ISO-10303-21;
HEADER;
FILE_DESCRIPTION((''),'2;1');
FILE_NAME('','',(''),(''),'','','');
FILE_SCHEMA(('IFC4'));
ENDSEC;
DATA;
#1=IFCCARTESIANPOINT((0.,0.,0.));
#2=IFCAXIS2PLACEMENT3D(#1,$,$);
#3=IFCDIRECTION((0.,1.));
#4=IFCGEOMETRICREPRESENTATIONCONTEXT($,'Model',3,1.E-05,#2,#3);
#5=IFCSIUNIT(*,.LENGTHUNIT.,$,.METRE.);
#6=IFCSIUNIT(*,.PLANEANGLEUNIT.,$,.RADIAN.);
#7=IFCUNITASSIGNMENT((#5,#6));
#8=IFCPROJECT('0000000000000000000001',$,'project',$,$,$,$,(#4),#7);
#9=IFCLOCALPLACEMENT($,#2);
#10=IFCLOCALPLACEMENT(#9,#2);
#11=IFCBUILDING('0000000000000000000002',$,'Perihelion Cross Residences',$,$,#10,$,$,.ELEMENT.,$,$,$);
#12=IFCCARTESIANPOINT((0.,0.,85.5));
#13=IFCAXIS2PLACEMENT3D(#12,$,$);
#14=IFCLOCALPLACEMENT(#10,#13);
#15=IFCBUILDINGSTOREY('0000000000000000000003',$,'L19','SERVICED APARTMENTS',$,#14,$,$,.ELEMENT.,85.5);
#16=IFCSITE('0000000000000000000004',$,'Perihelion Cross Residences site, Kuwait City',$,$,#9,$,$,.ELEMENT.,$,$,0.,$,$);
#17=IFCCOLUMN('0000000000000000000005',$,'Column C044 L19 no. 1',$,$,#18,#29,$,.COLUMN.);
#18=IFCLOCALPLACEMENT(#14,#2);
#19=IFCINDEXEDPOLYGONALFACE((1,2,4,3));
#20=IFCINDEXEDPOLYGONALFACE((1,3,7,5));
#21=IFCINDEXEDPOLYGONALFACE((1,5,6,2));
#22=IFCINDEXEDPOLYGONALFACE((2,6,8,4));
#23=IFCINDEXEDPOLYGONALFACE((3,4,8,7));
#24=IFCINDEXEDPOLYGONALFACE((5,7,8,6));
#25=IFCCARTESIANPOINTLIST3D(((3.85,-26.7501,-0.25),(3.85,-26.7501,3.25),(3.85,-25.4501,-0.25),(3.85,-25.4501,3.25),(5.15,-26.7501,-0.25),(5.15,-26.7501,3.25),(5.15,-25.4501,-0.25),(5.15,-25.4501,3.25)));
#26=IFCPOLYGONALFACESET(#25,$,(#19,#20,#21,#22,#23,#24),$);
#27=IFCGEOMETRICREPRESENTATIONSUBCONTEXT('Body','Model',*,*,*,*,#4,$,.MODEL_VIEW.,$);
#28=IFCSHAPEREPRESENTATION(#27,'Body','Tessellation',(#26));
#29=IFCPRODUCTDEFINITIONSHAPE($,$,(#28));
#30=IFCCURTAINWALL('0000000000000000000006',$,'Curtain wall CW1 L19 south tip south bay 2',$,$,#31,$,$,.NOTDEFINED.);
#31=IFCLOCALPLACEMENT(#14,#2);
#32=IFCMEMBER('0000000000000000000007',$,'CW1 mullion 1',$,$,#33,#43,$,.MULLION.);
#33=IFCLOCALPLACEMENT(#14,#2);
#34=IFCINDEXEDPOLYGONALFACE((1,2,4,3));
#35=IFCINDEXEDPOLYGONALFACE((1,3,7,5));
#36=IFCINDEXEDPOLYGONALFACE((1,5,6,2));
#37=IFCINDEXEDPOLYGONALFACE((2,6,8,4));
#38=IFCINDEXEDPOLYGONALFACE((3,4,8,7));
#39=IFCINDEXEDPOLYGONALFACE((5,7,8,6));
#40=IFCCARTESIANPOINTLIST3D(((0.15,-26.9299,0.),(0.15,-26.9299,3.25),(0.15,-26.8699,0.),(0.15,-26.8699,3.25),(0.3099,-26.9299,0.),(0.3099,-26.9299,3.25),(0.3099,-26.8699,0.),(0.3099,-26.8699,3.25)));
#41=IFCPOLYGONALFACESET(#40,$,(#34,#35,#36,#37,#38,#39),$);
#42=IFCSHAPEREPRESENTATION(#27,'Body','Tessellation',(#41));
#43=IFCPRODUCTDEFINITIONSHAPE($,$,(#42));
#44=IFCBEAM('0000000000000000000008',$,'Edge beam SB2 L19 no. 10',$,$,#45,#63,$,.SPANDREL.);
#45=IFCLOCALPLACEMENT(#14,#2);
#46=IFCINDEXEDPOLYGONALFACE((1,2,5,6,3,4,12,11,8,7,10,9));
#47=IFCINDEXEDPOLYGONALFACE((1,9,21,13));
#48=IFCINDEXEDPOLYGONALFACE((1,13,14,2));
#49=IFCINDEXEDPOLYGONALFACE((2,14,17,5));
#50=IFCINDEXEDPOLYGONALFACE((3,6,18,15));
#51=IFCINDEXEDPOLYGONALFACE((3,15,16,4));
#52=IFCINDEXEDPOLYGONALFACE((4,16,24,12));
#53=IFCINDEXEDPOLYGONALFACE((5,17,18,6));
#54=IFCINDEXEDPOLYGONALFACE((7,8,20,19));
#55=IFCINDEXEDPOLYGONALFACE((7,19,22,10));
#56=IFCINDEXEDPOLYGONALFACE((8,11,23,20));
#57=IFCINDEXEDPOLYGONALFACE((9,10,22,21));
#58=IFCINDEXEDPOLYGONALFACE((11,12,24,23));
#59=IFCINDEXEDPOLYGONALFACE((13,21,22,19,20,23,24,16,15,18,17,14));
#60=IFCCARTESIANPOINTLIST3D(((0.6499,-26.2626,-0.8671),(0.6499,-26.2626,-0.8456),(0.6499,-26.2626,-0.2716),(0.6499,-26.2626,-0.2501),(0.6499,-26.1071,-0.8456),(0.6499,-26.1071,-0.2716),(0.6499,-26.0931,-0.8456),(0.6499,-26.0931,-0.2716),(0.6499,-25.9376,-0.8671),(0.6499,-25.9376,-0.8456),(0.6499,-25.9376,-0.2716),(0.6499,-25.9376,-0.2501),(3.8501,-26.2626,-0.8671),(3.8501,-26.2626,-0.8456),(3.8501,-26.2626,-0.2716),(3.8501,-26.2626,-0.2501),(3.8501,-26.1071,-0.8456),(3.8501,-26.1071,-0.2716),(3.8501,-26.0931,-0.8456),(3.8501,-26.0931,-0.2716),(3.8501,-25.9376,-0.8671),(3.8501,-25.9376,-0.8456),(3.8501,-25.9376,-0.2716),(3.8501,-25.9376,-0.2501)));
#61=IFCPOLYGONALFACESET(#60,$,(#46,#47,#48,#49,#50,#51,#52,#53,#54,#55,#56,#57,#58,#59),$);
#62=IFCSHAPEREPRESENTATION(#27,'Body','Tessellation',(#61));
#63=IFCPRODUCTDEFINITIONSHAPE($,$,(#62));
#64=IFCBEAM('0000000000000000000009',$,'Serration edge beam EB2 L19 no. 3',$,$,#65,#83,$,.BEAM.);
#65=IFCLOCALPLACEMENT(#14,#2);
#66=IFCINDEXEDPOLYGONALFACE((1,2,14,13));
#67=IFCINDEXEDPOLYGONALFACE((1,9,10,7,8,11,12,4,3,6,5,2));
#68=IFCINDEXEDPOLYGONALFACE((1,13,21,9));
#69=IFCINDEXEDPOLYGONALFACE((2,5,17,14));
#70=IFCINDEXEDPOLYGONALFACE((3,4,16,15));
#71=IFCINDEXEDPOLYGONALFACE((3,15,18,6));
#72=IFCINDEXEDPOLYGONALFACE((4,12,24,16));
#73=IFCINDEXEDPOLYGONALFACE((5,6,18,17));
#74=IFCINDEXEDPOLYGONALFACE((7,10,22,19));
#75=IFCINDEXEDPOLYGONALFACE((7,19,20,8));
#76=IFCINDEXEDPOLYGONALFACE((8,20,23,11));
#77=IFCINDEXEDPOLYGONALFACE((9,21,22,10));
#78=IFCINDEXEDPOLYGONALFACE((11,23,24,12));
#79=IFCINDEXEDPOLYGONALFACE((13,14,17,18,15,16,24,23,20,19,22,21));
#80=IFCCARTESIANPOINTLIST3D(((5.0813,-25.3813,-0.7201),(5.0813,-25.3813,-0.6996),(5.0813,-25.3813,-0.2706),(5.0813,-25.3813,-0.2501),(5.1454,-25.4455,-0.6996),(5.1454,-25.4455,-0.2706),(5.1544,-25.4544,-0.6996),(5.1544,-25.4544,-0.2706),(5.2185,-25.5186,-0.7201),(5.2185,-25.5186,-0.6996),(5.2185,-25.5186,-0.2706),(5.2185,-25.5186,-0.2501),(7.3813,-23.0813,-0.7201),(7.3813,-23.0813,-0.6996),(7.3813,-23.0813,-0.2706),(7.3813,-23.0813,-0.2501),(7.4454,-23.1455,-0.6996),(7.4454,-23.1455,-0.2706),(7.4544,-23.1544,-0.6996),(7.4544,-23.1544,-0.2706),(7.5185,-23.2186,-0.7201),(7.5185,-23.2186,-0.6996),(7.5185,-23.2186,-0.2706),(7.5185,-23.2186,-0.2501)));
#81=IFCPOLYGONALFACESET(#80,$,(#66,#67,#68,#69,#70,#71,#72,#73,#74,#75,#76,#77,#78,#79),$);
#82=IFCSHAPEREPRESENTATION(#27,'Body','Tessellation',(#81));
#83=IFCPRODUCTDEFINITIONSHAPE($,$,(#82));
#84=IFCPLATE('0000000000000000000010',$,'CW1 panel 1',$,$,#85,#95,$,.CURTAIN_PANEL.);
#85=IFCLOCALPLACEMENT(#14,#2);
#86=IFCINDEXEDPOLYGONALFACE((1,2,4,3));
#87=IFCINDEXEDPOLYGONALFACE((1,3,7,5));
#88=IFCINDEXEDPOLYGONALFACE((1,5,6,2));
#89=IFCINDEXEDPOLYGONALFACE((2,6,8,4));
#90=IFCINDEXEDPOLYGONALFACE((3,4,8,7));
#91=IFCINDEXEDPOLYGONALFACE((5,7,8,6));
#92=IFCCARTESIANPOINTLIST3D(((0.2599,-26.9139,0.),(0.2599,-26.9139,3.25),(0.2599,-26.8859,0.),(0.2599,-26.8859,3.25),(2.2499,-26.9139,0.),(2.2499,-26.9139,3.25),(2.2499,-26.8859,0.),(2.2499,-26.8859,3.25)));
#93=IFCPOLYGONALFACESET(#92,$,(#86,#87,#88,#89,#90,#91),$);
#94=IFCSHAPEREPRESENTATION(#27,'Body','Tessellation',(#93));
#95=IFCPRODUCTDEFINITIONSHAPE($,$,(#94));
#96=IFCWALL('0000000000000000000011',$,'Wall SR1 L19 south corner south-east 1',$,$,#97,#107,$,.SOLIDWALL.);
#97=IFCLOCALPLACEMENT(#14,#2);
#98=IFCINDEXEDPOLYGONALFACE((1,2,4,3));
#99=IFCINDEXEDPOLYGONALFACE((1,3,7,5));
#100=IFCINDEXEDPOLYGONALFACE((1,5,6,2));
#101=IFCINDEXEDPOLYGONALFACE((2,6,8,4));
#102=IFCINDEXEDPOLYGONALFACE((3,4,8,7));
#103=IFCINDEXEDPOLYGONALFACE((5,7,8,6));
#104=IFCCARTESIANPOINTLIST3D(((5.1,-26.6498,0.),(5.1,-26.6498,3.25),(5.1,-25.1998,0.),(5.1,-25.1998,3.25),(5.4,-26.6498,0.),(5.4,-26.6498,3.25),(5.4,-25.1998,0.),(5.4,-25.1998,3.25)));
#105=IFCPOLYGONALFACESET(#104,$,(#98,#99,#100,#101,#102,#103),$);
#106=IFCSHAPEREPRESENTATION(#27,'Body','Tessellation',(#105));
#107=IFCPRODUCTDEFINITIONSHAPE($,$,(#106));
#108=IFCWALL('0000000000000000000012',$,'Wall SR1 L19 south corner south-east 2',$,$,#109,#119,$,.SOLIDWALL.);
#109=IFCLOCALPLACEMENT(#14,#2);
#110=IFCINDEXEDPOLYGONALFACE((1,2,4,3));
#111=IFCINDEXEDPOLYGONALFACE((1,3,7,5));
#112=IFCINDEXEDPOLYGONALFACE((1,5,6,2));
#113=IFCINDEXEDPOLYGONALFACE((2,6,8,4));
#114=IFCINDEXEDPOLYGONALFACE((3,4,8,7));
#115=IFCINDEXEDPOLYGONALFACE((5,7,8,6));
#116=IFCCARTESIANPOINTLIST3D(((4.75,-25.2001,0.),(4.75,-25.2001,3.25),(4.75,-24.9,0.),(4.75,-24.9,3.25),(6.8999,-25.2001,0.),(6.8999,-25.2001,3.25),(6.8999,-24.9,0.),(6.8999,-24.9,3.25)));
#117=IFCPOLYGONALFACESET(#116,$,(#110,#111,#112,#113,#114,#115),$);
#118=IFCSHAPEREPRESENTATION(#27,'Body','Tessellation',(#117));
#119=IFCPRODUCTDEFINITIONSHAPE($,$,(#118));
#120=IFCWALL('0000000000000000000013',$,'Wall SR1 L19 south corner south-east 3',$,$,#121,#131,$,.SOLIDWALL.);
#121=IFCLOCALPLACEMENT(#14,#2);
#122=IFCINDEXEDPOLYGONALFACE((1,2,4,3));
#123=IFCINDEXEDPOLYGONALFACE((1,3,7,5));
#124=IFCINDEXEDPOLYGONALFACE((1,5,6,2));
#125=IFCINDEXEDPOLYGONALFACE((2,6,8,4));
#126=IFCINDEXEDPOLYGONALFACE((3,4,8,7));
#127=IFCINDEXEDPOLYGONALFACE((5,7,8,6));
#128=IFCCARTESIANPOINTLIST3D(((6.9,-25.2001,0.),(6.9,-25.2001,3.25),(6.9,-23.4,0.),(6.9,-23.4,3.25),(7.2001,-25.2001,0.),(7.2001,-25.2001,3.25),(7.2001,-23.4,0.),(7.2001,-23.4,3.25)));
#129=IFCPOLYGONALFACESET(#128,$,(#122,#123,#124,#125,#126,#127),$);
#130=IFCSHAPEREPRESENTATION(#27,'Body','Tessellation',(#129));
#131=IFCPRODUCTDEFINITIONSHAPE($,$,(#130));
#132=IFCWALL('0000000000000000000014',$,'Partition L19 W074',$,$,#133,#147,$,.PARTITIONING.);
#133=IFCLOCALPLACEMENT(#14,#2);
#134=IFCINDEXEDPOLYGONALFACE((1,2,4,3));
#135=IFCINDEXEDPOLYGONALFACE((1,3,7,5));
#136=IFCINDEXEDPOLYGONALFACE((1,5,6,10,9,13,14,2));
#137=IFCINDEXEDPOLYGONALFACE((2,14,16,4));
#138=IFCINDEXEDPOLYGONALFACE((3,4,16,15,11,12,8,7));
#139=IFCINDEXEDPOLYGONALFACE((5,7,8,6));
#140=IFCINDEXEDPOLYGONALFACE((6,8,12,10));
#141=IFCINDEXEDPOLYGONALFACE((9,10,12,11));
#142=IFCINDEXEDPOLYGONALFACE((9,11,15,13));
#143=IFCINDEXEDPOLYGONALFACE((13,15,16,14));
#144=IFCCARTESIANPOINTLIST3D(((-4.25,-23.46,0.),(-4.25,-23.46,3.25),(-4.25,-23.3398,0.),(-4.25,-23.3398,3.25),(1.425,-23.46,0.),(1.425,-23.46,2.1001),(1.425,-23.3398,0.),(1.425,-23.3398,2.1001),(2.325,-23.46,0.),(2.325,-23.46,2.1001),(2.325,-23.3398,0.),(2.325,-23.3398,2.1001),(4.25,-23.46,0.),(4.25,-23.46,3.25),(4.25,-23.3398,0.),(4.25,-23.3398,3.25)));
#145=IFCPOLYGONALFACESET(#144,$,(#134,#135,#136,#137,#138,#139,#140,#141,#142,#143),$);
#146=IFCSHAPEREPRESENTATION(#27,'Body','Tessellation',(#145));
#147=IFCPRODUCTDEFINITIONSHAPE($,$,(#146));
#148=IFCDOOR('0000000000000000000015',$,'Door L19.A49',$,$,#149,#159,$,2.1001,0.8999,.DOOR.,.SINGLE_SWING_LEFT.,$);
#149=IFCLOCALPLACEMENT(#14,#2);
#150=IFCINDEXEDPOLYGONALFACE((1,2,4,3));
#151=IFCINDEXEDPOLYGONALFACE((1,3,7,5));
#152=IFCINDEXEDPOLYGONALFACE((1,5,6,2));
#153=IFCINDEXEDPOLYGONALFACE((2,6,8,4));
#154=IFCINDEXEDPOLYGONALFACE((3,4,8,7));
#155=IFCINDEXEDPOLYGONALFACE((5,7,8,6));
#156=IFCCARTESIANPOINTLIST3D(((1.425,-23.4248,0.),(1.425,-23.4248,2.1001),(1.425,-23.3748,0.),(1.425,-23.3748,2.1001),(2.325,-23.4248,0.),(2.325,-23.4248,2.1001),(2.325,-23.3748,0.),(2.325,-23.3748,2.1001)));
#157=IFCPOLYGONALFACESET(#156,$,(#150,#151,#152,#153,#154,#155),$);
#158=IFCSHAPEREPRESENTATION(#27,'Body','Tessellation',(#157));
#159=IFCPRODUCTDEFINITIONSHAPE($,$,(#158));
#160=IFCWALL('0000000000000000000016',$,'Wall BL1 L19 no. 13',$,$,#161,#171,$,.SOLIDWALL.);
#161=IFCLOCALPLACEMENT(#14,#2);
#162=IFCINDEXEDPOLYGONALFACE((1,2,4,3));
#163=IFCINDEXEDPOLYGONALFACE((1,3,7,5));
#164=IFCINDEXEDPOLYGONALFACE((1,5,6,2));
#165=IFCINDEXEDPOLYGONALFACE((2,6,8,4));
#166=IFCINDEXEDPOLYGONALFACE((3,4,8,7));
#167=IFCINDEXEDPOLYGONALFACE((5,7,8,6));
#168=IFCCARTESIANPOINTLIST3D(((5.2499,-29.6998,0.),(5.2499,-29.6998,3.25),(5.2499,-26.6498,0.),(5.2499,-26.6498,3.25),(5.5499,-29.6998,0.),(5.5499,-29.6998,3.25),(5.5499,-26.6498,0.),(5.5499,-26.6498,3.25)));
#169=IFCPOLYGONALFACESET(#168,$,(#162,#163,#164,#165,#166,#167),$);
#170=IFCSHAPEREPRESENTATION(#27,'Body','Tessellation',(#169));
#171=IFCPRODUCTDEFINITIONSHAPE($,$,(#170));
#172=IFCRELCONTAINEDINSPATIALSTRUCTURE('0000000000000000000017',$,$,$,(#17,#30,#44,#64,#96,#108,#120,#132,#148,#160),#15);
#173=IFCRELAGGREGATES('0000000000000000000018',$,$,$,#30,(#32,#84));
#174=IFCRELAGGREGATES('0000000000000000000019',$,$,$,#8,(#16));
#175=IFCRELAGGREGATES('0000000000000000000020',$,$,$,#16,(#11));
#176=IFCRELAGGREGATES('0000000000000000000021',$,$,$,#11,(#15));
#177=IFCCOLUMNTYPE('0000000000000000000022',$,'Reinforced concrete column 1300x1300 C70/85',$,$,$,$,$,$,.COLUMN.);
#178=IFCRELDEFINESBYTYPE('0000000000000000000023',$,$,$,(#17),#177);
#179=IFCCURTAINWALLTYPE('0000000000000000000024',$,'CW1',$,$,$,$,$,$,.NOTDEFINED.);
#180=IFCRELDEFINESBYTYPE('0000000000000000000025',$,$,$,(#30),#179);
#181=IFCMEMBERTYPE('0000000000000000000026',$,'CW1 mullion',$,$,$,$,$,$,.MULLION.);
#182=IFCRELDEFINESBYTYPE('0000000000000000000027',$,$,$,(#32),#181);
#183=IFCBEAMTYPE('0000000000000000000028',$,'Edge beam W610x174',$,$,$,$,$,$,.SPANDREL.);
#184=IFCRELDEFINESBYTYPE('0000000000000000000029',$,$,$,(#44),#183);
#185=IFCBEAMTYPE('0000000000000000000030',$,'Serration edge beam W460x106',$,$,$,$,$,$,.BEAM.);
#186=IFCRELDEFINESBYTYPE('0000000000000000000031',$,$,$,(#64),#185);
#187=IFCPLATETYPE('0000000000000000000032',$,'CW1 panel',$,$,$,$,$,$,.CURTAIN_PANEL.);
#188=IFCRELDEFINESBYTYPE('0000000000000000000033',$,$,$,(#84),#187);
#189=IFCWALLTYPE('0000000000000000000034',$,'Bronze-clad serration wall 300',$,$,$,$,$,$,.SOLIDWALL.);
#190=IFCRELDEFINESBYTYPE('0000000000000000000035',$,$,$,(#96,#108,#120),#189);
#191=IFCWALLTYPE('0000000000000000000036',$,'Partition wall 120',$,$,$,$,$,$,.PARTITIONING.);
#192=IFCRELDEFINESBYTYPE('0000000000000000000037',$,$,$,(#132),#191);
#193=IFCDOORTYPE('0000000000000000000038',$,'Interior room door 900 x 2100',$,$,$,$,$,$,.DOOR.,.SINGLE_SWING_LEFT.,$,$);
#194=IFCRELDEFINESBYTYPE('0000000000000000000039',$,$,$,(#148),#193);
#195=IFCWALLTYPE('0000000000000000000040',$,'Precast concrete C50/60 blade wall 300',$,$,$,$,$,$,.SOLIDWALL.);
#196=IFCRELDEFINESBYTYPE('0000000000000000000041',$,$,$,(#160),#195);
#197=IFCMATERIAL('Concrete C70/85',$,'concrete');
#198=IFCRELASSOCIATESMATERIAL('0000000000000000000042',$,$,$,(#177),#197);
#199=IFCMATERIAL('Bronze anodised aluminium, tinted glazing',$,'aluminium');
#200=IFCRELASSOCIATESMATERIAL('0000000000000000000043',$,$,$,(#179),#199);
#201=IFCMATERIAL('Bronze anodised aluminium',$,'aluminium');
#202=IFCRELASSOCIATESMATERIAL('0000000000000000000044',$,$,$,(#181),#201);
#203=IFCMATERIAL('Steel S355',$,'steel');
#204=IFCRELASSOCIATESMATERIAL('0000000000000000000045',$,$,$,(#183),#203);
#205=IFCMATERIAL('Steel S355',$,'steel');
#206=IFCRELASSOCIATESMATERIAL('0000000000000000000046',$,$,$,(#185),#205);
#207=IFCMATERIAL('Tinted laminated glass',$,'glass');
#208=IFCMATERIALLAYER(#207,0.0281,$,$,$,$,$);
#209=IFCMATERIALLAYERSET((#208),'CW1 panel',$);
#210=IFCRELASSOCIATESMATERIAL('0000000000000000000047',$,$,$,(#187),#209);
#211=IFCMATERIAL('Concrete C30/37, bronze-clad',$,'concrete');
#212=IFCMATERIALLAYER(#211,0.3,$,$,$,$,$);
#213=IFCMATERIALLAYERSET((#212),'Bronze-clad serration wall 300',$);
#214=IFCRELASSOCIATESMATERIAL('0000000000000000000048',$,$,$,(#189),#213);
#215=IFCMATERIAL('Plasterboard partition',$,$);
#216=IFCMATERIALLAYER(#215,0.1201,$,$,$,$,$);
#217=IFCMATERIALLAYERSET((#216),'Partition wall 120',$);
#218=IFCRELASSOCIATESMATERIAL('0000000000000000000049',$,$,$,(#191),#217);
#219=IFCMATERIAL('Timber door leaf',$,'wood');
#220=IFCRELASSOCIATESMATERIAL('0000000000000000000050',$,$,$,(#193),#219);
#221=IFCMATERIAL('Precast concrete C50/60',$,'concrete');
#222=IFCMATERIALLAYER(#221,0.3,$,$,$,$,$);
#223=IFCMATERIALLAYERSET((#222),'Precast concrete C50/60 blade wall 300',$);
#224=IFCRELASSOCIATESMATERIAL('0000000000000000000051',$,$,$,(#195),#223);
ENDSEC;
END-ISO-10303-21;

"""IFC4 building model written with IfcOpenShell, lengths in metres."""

from ifc_helpers import new_model, si_unit, direction, frame, frame_2d, origin, origin_2d, place, context, subcontext, project, spatial, rectangle, i_section, extrude, material, layer, layer_set, material_profile, profile_set, type_object, element, fill, aggregate, save


model = new_model("IFC4")

# Units and contexts
model_context = context("Model", 3, precision=1e-05, world=origin(), true_north=direction((0.0, 1.0)))
body_context = subcontext(model_context, "Body", "Model", "MODEL_VIEW")
ifc_project = project(units=[si_unit("LENGTHUNIT", "METRE"), si_unit("PLANEANGLEUNIT", "RADIAN")], contexts=[model_context])

# Site, building, storey
site_placement = place(None, origin())
site = spatial("IfcSite", under=ifc_project, at=site_placement, Name="Perihelion Cross Residences site, Kuwait City", CompositionType="ELEMENT", RefElevation=0.0)
building_placement = place(site_placement, origin())
building = spatial("IfcBuilding", under=site, at=building_placement, Name="Perihelion Cross Residences", CompositionType="ELEMENT")
storey_placement = place(building_placement, frame((0.0, 0.0, 85.5)))
storey = spatial("IfcBuildingStorey", under=building, at=storey_placement, Name="L19", Description="SERVICED APARTMENTS", CompositionType="ELEMENT", Elevation=85.5)

# Column
ifc_material_1 = material(Name="Concrete C70/85", Category="concrete")
ifc_material_profile_1 = material_profile(ifc_material_1, rectangle(XDim=1.3, YDim=1.3, at=origin_2d()), Name="RC 1300x1300")
ifc_profile_set_1 = profile_set([ifc_material_profile_1], Name="Concrete C70/85")
column_type = type_object("IfcColumnType", Name="Reinforced concrete column 1300x1300 C70/85", PredefinedType="COLUMN", material=ifc_profile_set_1)
column_placement = place(storey_placement, frame((4.5, -26.1001, -0.25), z_axis=(0.0, 0.0, 1.0), x_axis=(1.0, 0.0, 0.0)))
element("IfcColumn", 1, at=column_placement, inside=storey, type_object=column_type, Name="Column C044 L19 no. 1", PredefinedType="COLUMN", context=body_context, shape_type="SweptSolid", body=[
    extrude(rectangle(XDim=1.3, YDim=1.3, at=origin_2d()), origin(), (0.0, 0.0, 1.0), 3.5),
])

# Curtain wall, member
ifc_material_2 = material(Name="Bronze anodised aluminium, tinted glazing", Category="aluminium")
curtain_wall_type = type_object("IfcCurtainWallType", Name="CW1", PredefinedType="NOTDEFINED", material=ifc_material_2)
curtain_wall_placement = place(storey_placement, origin())
curtain_wall = element("IfcCurtainWall", 2, at=curtain_wall_placement, inside=storey, type_object=curtain_wall_type, Name="Curtain wall CW1 L19 south tip south bay 2", PredefinedType="NOTDEFINED")
ifc_material_3 = material(Name="Bronze anodised aluminium", Category="aluminium")
ifc_material_profile_2 = material_profile(ifc_material_3, rectangle(XDim=0.0601, YDim=0.1599, at=origin_2d()), Name="CW1 mullion")
ifc_profile_set_2 = profile_set([ifc_material_profile_2], Name="Bronze anodised aluminium")
member_type = type_object("IfcMemberType", Name="CW1 mullion", PredefinedType="MULLION", material=ifc_profile_set_2)
member_placement = place(storey_placement, frame((0.23, -26.8999, 0.0), z_axis=(0.0, 0.0, 1.0), x_axis=(0.0, 1.0, 0.0)))
member = element("IfcMember", 3, at=member_placement, type_object=member_type, Name="CW1 mullion 1", PredefinedType="MULLION", context=body_context, shape_type="SweptSolid", body=[
    extrude(rectangle(XDim=0.0601, YDim=0.1599, at=origin_2d()), origin(), (0.0, 0.0, 1.0), 3.25),
])

# Beams
ifc_material_4 = material(Name="Steel S355", Category="steel")
ifc_material_profile_3 = material_profile(ifc_material_4, i_section(OverallWidth=0.325, OverallDepth=0.6169, WebThickness=0.0139, FlangeThickness=0.0215, at=origin_2d()), Name="W610x174")
ifc_profile_set_3 = profile_set([ifc_material_profile_3], Name="Steel S355")
beam_type_1 = type_object("IfcBeamType", Name="Edge beam W610x174", PredefinedType="SPANDREL", material=ifc_profile_set_3)
beam_1_placement = place(storey_placement, frame((0.6499, -26.1001, -0.5586), z_axis=(1.0, 0.0, 0.0), x_axis=(0.0, 1.0, 0.0)))
element("IfcBeam", 4, at=beam_1_placement, inside=storey, type_object=beam_type_1, Name="Edge beam SB2 L19 no. 10", PredefinedType="SPANDREL", context=body_context, shape_type="SweptSolid", body=[
    extrude(i_section(OverallWidth=0.325, OverallDepth=0.6169, WebThickness=0.0139, FlangeThickness=0.0215, at=origin_2d()), origin(), (0.0, 0.0, 1.0), 3.2002),
])
ifc_material_5 = material(Name="Steel S355", Category="steel")
ifc_material_profile_4 = material_profile(ifc_material_5, i_section(OverallWidth=0.1941, OverallDepth=0.47, WebThickness=0.0127, FlangeThickness=0.0205, at=origin_2d()), Name="W460x106")
ifc_profile_set_4 = profile_set([ifc_material_profile_4], Name="Steel S355")
beam_type_2 = type_object("IfcBeamType", Name="Serration edge beam W460x106", PredefinedType="BEAM", material=ifc_profile_set_4)
beam_2_placement = place(storey_placement, frame((5.1499, -25.45, -0.4851), z_axis=(0.707107, 0.707107, 0.0), x_axis=(-0.707107, 0.707107, 0.0)))
element("IfcBeam", 5, at=beam_2_placement, inside=storey, type_object=beam_type_2, Name="Serration edge beam EB2 L19 no. 3", PredefinedType="BEAM", context=body_context, shape_type="SweptSolid", body=[
    extrude(i_section(OverallWidth=0.1941, OverallDepth=0.47, WebThickness=0.0127, FlangeThickness=0.0205, at=origin_2d()), origin(), (0.0, 0.0, 1.0), 3.2527),
])

# Plate
ifc_material_6 = material(Name="Tinted laminated glass", Category="glass")
ifc_layer_1 = layer(ifc_material_6, 0.0281)
ifc_layer_set_1 = layer_set([ifc_layer_1], Name="CW1 panel")
plate_type = type_object("IfcPlateType", Name="CW1 panel", PredefinedType="CURTAIN_PANEL", material=ifc_layer_set_1)
plate_placement = place(storey_placement, frame((1.2549, -26.8999, 0.0), z_axis=(0.0, 0.0, 1.0), x_axis=(1.0, 0.0, 0.0)))
plate = element("IfcPlate", 6, at=plate_placement, type_object=plate_type, Name="CW1 panel 1", PredefinedType="CURTAIN_PANEL", context=body_context, shape_type="SweptSolid", body=[
    extrude(rectangle(XDim=1.99, YDim=0.0281, at=origin_2d()), origin(), (0.0, 0.0, 1.0), 3.25),
])
aggregate(curtain_wall, [member, plate])

# Walls
ifc_material_7 = material(Name="Concrete C30/37, bronze-clad", Category="concrete")
ifc_layer_2 = layer(ifc_material_7, 0.3)
ifc_layer_set_2 = layer_set([ifc_layer_2], Name="Bronze-clad serration wall 300")
wall_type_1 = type_object("IfcWallType", Name="Bronze-clad serration wall 300", PredefinedType="SOLIDWALL", material=ifc_layer_set_2)
wall_1_placement = place(storey_placement, frame((5.25, -26.6499, 0.0), z_axis=(0.0, 0.0, 1.0), x_axis=(0.0, 1.0, 0.0)))
element("IfcWall", 7, at=wall_1_placement, inside=storey, type_object=wall_type_1, Name="Wall SR1 L19 south corner south-east 1", PredefinedType="SOLIDWALL", context=body_context, shape_type="SweptSolid", body=[
    extrude(rectangle(XDim=1.45, YDim=0.3, at=frame_2d((0.7251, 0.0))), origin(), (0.0, 0.0, 1.0), 3.25),
])
wall_2_placement = place(storey_placement, frame((4.75, -25.05, 0.0), z_axis=(0.0, 0.0, 1.0), x_axis=(1.0, 0.0, 0.0)))
element("IfcWall", 8, at=wall_2_placement, inside=storey, type_object=wall_type_1, Name="Wall SR1 L19 south corner south-east 2", PredefinedType="SOLIDWALL", context=body_context, shape_type="SweptSolid", body=[
    extrude(rectangle(XDim=2.1499, YDim=0.3, at=frame_2d((1.075, 0.0))), origin(), (0.0, 0.0, 1.0), 3.25),
])
wall_3_placement = place(storey_placement, frame((7.05, -25.2, 0.0), z_axis=(0.0, 0.0, 1.0), x_axis=(0.0, 1.0, 0.0)))
element("IfcWall", 9, at=wall_3_placement, inside=storey, type_object=wall_type_1, Name="Wall SR1 L19 south corner south-east 3", PredefinedType="SOLIDWALL", context=body_context, shape_type="SweptSolid", body=[
    extrude(rectangle(XDim=1.8, YDim=0.3, at=frame_2d((0.8999, 0.0))), origin(), (0.0, 0.0, 1.0), 3.25),
])

# Wall, opening, door
ifc_material_8 = material(Name="Plasterboard partition")
ifc_layer_3 = layer(ifc_material_8, 0.1201)
ifc_layer_set_3 = layer_set([ifc_layer_3], Name="Partition wall 120")
wall_type_2 = type_object("IfcWallType", Name="Partition wall 120", PredefinedType="PARTITIONING", material=ifc_layer_set_3)
wall_4_placement = place(storey_placement, frame((4.25, -23.3999, 0.0), z_axis=(0.0, 0.0, 1.0), x_axis=(-1.0, 0.0, 0.0)))
wall_4 = element("IfcWall", 10, at=wall_4_placement, inside=storey, type_object=wall_type_2, Name="Partition L19 W074", PredefinedType="PARTITIONING", context=body_context, shape_type="SweptSolid", body=[
    extrude(rectangle(XDim=8.5, YDim=0.1201, at=frame_2d((4.25, 0.0))), origin(), (0.0, 0.0, 1.0), 3.25),
])
opening_1_placement = place(wall_4_placement, frame((1.925, 0.0, 0.0)))
opening_1 = element("IfcOpeningElement", 11, at=opening_1_placement, cuts=wall_4, PredefinedType="OPENING", context=body_context, shape_type="SweptSolid", body=[
    extrude(rectangle(XDim=0.8999, YDim=2.1001, at=frame_2d((0.45, 1.05))), frame((0.0, 0.0701, 0.0), z_axis=(0.0, -1.0, 0.0), x_axis=(1.0, 0.0, 0.0)), (0.0, 0.0, 1.0), 0.1401),
])
ifc_material_9 = material(Name="Timber door leaf", Category="wood")
door_type_1 = type_object("IfcDoorType", Name="Interior room door 900 x 2100", OperationType="SINGLE_SWING_LEFT", PredefinedType="DOOR", material=ifc_material_9)
door_1_placement = place(opening_1_placement, origin())
door_1 = element("IfcDoor", 12, at=door_1_placement, inside=storey, type_object=door_type_1, Name="Door L19.A49", OperationType="SINGLE_SWING_LEFT", OverallHeight=2.1001, OverallWidth=0.8999, PredefinedType="DOOR", context=body_context, shape_type="SweptSolid", body=[
    extrude(rectangle(XDim=0.8999, YDim=2.1001, at=frame_2d((0.45, 1.05))), frame((0.0, 0.0249, 0.0), z_axis=(0.0, -1.0, 0.0), x_axis=(1.0, 0.0, 0.0)), (0.0, 0.0, 1.0), 0.05),
])
fill(opening_1, door_1)

# Wall
ifc_material_10 = material(Name="Precast concrete C50/60", Category="concrete")
ifc_layer_4 = layer(ifc_material_10, 0.3)
ifc_layer_set_4 = layer_set([ifc_layer_4], Name="Precast concrete C50/60 blade wall 300")
wall_type_3 = type_object("IfcWallType", Name="Precast concrete C50/60 blade wall 300", PredefinedType="SOLIDWALL", material=ifc_layer_set_4)
wall_5_placement = place(storey_placement, frame((5.3999, -26.6499, 0.0), z_axis=(0.0, 0.0, 1.0), x_axis=(0.0, -1.0, 0.0)))
element("IfcWall", 13, at=wall_5_placement, inside=storey, type_object=wall_type_3, Name="Wall BL1 L19 no. 13", PredefinedType="SOLIDWALL", context=body_context, shape_type="SweptSolid", body=[
    extrude(rectangle(XDim=3.05, YDim=0.3, at=frame_2d((1.5249, 0.0))), origin(), (0.0, 0.0, 1.0), 3.25),
])

save(model, "model.ifc")
